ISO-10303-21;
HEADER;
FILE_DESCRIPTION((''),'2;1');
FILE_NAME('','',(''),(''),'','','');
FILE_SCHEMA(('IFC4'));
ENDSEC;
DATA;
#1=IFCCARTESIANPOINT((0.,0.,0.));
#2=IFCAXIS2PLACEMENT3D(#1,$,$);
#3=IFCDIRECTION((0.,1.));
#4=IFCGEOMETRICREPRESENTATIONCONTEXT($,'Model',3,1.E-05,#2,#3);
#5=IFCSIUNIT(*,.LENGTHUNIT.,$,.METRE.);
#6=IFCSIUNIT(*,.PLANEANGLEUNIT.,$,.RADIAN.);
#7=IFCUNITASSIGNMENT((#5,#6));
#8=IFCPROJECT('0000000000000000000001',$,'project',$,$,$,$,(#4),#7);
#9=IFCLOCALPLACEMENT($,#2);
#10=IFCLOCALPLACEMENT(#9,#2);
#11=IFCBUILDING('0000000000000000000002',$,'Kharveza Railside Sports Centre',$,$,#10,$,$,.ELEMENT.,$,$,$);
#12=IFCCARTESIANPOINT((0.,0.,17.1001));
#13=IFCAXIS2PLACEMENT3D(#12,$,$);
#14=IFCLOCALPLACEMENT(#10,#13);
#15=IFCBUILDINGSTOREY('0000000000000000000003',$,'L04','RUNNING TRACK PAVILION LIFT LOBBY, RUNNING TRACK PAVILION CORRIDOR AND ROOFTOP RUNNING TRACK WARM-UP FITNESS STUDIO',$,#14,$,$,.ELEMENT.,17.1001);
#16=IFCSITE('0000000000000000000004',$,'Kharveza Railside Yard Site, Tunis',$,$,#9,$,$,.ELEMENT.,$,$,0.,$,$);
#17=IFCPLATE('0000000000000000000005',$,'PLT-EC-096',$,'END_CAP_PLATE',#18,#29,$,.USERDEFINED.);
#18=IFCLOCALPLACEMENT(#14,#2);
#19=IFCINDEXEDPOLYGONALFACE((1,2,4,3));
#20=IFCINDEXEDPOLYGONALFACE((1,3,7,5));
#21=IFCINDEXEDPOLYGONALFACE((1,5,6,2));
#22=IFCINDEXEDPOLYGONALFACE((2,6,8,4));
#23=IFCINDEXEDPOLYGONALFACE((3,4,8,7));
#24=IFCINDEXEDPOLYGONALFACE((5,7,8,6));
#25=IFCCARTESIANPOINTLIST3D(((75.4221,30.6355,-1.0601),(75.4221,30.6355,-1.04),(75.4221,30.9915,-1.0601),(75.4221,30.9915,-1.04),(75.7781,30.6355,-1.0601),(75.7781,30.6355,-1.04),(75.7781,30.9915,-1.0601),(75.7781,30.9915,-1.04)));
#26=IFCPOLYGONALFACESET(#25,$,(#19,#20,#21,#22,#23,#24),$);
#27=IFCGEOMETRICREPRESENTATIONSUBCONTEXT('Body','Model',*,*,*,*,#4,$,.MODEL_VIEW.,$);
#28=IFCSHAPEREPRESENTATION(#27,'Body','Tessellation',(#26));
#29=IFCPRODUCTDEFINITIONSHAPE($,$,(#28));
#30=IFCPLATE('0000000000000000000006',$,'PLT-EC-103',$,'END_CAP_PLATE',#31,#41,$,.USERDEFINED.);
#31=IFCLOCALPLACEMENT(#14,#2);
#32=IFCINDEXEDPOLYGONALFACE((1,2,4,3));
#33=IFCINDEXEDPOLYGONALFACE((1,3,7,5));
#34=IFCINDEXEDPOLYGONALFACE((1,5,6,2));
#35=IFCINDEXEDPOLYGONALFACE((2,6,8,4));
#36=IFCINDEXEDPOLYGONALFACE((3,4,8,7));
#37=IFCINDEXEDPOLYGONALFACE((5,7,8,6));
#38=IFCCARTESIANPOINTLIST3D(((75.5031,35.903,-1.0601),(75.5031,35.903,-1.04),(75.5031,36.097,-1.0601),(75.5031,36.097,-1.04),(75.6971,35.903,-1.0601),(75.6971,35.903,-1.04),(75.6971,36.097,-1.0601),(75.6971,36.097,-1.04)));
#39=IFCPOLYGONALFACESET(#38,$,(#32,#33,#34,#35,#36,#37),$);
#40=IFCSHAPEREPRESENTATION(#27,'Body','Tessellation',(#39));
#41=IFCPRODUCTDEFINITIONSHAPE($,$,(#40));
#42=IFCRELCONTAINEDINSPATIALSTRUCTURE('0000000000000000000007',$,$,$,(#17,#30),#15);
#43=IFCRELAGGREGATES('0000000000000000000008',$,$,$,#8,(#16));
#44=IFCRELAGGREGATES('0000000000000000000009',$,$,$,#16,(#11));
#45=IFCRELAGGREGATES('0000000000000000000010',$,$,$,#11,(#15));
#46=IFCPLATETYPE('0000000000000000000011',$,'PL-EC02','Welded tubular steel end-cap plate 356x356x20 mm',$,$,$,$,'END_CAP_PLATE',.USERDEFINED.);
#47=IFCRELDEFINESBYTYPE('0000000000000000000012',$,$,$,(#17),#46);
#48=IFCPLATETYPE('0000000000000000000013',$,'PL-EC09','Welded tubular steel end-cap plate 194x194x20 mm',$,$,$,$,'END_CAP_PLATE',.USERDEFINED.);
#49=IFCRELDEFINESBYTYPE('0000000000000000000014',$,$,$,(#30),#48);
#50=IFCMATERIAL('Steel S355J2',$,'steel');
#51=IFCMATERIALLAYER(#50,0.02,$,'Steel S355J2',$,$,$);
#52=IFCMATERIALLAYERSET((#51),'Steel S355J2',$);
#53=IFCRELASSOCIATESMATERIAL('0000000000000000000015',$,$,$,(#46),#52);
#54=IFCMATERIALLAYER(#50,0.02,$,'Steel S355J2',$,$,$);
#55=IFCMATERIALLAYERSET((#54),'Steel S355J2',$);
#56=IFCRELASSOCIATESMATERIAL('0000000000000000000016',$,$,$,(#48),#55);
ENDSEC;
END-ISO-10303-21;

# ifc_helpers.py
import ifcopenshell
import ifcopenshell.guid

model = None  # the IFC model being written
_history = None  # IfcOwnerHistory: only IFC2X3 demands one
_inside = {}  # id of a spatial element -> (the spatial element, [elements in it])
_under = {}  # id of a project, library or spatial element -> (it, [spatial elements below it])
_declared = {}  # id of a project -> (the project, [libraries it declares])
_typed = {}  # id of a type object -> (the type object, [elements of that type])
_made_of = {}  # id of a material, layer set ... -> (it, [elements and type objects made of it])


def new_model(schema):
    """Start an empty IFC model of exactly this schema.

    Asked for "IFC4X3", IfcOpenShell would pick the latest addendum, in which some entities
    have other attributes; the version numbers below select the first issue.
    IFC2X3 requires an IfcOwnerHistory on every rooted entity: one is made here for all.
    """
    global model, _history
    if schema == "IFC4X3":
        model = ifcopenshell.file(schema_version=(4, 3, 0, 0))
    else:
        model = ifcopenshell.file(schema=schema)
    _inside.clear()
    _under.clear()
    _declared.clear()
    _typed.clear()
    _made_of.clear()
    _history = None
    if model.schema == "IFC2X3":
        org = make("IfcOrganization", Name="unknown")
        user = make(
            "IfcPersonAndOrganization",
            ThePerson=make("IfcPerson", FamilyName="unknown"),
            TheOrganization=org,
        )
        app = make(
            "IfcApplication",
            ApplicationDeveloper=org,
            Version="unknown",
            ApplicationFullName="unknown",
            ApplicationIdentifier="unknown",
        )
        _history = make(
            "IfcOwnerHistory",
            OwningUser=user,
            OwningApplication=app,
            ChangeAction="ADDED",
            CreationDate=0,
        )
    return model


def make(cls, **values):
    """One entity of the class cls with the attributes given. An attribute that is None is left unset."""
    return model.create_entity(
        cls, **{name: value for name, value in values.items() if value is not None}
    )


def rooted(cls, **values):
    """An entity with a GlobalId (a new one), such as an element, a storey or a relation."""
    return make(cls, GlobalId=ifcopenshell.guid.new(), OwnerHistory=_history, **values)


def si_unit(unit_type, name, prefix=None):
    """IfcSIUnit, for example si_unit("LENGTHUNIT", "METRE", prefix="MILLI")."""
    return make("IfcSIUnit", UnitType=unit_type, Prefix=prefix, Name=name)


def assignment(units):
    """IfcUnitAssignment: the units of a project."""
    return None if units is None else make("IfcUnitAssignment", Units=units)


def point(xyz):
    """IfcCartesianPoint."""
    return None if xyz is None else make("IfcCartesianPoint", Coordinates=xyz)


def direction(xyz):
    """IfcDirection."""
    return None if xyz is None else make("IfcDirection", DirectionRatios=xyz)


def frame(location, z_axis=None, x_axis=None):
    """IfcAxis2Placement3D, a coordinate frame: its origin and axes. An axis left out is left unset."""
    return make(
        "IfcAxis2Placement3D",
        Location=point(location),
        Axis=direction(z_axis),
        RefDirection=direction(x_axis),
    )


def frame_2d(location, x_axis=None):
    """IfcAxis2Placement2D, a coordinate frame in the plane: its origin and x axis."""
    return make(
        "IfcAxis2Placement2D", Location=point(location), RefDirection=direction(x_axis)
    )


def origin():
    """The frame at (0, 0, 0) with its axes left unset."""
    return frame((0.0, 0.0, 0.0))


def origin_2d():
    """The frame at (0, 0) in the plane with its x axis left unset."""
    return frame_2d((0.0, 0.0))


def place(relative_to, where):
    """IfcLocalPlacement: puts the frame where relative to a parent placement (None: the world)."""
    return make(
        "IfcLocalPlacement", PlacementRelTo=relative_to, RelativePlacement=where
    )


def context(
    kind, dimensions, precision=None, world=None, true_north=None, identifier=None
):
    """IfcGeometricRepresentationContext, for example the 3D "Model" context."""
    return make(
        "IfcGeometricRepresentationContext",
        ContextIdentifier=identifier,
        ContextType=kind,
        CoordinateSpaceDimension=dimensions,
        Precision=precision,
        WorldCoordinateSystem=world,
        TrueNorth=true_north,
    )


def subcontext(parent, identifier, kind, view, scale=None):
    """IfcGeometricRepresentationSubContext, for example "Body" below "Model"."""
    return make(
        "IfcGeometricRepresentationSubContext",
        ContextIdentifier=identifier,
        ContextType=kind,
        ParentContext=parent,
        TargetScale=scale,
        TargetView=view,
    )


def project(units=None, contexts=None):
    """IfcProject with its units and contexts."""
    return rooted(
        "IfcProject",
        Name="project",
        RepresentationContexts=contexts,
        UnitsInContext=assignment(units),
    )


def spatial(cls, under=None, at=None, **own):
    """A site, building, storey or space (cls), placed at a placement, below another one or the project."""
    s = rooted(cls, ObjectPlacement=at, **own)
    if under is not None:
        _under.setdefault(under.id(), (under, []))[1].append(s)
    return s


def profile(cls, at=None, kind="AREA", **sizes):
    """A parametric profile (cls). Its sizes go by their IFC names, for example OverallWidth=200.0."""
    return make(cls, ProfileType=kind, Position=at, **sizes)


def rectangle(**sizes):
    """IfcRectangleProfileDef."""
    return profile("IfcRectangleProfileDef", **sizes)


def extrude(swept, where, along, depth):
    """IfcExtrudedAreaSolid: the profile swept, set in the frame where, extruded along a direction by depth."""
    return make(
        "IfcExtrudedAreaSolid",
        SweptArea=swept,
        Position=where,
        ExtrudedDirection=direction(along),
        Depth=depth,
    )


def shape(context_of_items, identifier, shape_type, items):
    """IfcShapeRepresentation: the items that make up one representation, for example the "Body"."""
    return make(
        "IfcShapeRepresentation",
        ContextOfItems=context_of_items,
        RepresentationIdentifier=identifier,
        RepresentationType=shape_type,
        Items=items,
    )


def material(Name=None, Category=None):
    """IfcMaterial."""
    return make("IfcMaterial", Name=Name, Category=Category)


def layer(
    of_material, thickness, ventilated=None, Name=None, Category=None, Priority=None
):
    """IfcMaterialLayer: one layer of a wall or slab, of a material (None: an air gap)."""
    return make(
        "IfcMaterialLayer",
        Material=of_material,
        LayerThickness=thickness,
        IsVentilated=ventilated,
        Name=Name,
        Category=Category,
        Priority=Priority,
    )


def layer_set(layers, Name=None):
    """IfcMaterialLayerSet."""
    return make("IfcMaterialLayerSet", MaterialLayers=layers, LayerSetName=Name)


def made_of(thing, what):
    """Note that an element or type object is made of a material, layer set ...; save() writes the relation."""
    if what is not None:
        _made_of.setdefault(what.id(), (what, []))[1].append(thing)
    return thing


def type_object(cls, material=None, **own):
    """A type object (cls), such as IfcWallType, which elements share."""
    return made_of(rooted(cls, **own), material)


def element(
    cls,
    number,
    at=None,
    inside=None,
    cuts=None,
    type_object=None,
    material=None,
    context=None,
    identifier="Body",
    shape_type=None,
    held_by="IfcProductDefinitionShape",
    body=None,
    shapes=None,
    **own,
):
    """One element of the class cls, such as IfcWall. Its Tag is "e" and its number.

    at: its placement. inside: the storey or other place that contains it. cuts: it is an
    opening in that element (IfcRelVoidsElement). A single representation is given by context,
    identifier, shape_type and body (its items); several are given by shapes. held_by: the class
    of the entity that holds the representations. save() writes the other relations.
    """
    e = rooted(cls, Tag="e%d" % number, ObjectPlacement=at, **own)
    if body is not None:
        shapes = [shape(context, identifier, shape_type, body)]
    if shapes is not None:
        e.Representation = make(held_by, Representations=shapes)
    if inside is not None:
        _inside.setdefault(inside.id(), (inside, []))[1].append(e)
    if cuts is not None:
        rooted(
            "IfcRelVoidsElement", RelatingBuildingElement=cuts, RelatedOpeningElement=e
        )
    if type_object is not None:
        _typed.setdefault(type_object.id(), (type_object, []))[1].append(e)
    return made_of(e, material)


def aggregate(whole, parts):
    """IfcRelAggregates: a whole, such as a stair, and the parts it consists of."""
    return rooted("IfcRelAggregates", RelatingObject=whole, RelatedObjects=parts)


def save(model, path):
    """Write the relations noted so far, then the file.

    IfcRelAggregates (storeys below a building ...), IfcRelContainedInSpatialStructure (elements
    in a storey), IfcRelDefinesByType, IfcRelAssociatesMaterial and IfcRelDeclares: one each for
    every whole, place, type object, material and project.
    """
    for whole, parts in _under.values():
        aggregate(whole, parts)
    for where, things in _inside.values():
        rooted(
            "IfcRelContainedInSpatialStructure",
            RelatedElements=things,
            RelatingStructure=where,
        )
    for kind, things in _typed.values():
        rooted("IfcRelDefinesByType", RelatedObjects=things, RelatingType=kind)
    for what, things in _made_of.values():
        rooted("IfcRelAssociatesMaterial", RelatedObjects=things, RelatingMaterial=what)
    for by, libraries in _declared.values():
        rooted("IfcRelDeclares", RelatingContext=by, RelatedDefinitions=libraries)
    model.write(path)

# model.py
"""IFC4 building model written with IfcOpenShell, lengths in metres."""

from ifc_helpers import new_model, si_unit, direction, frame, origin, origin_2d, place, context, subcontext, project, spatial, rectangle, extrude, material, layer, layer_set, type_object, element, save


model = new_model("IFC4")

# Units and contexts
model_context = context("Model", 3, precision=1e-05, world=origin(), true_north=direction((0.0, 1.0)))
body_context = subcontext(model_context, "Body", "Model", "MODEL_VIEW")
ifc_project = project(units=[si_unit("LENGTHUNIT", "METRE"), si_unit("PLANEANGLEUNIT", "RADIAN")], contexts=[model_context])

# Site, building, storey
site_placement = place(None, origin())
site = spatial("IfcSite", under=ifc_project, at=site_placement, Name="Kharveza Railside Yard Site, Tunis", CompositionType="ELEMENT", RefElevation=0.0)
building_placement = place(site_placement, origin())
building = spatial("IfcBuilding", under=site, at=building_placement, Name="Kharveza Railside Sports Centre", CompositionType="ELEMENT")
storey_placement = place(building_placement, frame((0.0, 0.0, 17.1001)))
storey = spatial("IfcBuildingStorey", under=building, at=storey_placement, Name="L04", Description="RUNNING TRACK PAVILION LIFT LOBBY, RUNNING TRACK PAVILION CORRIDOR AND ROOFTOP RUNNING TRACK WARM-UP FITNESS STUDIO", CompositionType="ELEMENT", Elevation=17.1001)

# Shared definitions
ifc_material_1 = material(Name="Steel S355J2", Category="steel")

# Plates
ifc_layer_1 = layer(ifc_material_1, 0.02, Name="Steel S355J2")
ifc_layer_set_1 = layer_set([ifc_layer_1], Name="Steel S355J2")
plate_type_1 = type_object("IfcPlateType", Name="PL-EC02", Description="Welded tubular steel end-cap plate 356x356x20 mm", ElementType="END_CAP_PLATE", PredefinedType="USERDEFINED", material=ifc_layer_set_1)
plate_1_placement = place(storey_placement, frame((75.6001, 30.8135, -1.0601), z_axis=(0.0, 0.0, 1.0), x_axis=(1.0, 0.0, 0.0)))
element("IfcPlate", 1, at=plate_1_placement, inside=storey, type_object=plate_type_1, Name="PLT-EC-096", ObjectType="END_CAP_PLATE", PredefinedType="USERDEFINED", context=body_context, shape_type="SweptSolid", body=[
    extrude(rectangle(XDim=0.356, YDim=0.356, at=origin_2d()), origin(), (0.0, 0.0, 1.0), 0.02),
])
ifc_layer_2 = layer(ifc_material_1, 0.02, Name="Steel S355J2")
ifc_layer_set_2 = layer_set([ifc_layer_2], Name="Steel S355J2")
plate_type_2 = type_object("IfcPlateType", Name="PL-EC09", Description="Welded tubular steel end-cap plate 194x194x20 mm", ElementType="END_CAP_PLATE", PredefinedType="USERDEFINED", material=ifc_layer_set_2)
plate_2_placement = place(storey_placement, frame((75.6001, 36.0, -1.0601), z_axis=(0.0, 0.0, 1.0), x_axis=(1.0, 0.0, 0.0)))
element("IfcPlate", 2, at=plate_2_placement, inside=storey, type_object=plate_type_2, Name="PLT-EC-103", ObjectType="END_CAP_PLATE", PredefinedType="USERDEFINED", context=body_context, shape_type="SweptSolid", body=[
    extrude(rectangle(XDim=0.1941, YDim=0.1941, at=origin_2d()), origin(), (0.0, 0.0, 1.0), 0.02),
])

save(model, "model.ifc")
